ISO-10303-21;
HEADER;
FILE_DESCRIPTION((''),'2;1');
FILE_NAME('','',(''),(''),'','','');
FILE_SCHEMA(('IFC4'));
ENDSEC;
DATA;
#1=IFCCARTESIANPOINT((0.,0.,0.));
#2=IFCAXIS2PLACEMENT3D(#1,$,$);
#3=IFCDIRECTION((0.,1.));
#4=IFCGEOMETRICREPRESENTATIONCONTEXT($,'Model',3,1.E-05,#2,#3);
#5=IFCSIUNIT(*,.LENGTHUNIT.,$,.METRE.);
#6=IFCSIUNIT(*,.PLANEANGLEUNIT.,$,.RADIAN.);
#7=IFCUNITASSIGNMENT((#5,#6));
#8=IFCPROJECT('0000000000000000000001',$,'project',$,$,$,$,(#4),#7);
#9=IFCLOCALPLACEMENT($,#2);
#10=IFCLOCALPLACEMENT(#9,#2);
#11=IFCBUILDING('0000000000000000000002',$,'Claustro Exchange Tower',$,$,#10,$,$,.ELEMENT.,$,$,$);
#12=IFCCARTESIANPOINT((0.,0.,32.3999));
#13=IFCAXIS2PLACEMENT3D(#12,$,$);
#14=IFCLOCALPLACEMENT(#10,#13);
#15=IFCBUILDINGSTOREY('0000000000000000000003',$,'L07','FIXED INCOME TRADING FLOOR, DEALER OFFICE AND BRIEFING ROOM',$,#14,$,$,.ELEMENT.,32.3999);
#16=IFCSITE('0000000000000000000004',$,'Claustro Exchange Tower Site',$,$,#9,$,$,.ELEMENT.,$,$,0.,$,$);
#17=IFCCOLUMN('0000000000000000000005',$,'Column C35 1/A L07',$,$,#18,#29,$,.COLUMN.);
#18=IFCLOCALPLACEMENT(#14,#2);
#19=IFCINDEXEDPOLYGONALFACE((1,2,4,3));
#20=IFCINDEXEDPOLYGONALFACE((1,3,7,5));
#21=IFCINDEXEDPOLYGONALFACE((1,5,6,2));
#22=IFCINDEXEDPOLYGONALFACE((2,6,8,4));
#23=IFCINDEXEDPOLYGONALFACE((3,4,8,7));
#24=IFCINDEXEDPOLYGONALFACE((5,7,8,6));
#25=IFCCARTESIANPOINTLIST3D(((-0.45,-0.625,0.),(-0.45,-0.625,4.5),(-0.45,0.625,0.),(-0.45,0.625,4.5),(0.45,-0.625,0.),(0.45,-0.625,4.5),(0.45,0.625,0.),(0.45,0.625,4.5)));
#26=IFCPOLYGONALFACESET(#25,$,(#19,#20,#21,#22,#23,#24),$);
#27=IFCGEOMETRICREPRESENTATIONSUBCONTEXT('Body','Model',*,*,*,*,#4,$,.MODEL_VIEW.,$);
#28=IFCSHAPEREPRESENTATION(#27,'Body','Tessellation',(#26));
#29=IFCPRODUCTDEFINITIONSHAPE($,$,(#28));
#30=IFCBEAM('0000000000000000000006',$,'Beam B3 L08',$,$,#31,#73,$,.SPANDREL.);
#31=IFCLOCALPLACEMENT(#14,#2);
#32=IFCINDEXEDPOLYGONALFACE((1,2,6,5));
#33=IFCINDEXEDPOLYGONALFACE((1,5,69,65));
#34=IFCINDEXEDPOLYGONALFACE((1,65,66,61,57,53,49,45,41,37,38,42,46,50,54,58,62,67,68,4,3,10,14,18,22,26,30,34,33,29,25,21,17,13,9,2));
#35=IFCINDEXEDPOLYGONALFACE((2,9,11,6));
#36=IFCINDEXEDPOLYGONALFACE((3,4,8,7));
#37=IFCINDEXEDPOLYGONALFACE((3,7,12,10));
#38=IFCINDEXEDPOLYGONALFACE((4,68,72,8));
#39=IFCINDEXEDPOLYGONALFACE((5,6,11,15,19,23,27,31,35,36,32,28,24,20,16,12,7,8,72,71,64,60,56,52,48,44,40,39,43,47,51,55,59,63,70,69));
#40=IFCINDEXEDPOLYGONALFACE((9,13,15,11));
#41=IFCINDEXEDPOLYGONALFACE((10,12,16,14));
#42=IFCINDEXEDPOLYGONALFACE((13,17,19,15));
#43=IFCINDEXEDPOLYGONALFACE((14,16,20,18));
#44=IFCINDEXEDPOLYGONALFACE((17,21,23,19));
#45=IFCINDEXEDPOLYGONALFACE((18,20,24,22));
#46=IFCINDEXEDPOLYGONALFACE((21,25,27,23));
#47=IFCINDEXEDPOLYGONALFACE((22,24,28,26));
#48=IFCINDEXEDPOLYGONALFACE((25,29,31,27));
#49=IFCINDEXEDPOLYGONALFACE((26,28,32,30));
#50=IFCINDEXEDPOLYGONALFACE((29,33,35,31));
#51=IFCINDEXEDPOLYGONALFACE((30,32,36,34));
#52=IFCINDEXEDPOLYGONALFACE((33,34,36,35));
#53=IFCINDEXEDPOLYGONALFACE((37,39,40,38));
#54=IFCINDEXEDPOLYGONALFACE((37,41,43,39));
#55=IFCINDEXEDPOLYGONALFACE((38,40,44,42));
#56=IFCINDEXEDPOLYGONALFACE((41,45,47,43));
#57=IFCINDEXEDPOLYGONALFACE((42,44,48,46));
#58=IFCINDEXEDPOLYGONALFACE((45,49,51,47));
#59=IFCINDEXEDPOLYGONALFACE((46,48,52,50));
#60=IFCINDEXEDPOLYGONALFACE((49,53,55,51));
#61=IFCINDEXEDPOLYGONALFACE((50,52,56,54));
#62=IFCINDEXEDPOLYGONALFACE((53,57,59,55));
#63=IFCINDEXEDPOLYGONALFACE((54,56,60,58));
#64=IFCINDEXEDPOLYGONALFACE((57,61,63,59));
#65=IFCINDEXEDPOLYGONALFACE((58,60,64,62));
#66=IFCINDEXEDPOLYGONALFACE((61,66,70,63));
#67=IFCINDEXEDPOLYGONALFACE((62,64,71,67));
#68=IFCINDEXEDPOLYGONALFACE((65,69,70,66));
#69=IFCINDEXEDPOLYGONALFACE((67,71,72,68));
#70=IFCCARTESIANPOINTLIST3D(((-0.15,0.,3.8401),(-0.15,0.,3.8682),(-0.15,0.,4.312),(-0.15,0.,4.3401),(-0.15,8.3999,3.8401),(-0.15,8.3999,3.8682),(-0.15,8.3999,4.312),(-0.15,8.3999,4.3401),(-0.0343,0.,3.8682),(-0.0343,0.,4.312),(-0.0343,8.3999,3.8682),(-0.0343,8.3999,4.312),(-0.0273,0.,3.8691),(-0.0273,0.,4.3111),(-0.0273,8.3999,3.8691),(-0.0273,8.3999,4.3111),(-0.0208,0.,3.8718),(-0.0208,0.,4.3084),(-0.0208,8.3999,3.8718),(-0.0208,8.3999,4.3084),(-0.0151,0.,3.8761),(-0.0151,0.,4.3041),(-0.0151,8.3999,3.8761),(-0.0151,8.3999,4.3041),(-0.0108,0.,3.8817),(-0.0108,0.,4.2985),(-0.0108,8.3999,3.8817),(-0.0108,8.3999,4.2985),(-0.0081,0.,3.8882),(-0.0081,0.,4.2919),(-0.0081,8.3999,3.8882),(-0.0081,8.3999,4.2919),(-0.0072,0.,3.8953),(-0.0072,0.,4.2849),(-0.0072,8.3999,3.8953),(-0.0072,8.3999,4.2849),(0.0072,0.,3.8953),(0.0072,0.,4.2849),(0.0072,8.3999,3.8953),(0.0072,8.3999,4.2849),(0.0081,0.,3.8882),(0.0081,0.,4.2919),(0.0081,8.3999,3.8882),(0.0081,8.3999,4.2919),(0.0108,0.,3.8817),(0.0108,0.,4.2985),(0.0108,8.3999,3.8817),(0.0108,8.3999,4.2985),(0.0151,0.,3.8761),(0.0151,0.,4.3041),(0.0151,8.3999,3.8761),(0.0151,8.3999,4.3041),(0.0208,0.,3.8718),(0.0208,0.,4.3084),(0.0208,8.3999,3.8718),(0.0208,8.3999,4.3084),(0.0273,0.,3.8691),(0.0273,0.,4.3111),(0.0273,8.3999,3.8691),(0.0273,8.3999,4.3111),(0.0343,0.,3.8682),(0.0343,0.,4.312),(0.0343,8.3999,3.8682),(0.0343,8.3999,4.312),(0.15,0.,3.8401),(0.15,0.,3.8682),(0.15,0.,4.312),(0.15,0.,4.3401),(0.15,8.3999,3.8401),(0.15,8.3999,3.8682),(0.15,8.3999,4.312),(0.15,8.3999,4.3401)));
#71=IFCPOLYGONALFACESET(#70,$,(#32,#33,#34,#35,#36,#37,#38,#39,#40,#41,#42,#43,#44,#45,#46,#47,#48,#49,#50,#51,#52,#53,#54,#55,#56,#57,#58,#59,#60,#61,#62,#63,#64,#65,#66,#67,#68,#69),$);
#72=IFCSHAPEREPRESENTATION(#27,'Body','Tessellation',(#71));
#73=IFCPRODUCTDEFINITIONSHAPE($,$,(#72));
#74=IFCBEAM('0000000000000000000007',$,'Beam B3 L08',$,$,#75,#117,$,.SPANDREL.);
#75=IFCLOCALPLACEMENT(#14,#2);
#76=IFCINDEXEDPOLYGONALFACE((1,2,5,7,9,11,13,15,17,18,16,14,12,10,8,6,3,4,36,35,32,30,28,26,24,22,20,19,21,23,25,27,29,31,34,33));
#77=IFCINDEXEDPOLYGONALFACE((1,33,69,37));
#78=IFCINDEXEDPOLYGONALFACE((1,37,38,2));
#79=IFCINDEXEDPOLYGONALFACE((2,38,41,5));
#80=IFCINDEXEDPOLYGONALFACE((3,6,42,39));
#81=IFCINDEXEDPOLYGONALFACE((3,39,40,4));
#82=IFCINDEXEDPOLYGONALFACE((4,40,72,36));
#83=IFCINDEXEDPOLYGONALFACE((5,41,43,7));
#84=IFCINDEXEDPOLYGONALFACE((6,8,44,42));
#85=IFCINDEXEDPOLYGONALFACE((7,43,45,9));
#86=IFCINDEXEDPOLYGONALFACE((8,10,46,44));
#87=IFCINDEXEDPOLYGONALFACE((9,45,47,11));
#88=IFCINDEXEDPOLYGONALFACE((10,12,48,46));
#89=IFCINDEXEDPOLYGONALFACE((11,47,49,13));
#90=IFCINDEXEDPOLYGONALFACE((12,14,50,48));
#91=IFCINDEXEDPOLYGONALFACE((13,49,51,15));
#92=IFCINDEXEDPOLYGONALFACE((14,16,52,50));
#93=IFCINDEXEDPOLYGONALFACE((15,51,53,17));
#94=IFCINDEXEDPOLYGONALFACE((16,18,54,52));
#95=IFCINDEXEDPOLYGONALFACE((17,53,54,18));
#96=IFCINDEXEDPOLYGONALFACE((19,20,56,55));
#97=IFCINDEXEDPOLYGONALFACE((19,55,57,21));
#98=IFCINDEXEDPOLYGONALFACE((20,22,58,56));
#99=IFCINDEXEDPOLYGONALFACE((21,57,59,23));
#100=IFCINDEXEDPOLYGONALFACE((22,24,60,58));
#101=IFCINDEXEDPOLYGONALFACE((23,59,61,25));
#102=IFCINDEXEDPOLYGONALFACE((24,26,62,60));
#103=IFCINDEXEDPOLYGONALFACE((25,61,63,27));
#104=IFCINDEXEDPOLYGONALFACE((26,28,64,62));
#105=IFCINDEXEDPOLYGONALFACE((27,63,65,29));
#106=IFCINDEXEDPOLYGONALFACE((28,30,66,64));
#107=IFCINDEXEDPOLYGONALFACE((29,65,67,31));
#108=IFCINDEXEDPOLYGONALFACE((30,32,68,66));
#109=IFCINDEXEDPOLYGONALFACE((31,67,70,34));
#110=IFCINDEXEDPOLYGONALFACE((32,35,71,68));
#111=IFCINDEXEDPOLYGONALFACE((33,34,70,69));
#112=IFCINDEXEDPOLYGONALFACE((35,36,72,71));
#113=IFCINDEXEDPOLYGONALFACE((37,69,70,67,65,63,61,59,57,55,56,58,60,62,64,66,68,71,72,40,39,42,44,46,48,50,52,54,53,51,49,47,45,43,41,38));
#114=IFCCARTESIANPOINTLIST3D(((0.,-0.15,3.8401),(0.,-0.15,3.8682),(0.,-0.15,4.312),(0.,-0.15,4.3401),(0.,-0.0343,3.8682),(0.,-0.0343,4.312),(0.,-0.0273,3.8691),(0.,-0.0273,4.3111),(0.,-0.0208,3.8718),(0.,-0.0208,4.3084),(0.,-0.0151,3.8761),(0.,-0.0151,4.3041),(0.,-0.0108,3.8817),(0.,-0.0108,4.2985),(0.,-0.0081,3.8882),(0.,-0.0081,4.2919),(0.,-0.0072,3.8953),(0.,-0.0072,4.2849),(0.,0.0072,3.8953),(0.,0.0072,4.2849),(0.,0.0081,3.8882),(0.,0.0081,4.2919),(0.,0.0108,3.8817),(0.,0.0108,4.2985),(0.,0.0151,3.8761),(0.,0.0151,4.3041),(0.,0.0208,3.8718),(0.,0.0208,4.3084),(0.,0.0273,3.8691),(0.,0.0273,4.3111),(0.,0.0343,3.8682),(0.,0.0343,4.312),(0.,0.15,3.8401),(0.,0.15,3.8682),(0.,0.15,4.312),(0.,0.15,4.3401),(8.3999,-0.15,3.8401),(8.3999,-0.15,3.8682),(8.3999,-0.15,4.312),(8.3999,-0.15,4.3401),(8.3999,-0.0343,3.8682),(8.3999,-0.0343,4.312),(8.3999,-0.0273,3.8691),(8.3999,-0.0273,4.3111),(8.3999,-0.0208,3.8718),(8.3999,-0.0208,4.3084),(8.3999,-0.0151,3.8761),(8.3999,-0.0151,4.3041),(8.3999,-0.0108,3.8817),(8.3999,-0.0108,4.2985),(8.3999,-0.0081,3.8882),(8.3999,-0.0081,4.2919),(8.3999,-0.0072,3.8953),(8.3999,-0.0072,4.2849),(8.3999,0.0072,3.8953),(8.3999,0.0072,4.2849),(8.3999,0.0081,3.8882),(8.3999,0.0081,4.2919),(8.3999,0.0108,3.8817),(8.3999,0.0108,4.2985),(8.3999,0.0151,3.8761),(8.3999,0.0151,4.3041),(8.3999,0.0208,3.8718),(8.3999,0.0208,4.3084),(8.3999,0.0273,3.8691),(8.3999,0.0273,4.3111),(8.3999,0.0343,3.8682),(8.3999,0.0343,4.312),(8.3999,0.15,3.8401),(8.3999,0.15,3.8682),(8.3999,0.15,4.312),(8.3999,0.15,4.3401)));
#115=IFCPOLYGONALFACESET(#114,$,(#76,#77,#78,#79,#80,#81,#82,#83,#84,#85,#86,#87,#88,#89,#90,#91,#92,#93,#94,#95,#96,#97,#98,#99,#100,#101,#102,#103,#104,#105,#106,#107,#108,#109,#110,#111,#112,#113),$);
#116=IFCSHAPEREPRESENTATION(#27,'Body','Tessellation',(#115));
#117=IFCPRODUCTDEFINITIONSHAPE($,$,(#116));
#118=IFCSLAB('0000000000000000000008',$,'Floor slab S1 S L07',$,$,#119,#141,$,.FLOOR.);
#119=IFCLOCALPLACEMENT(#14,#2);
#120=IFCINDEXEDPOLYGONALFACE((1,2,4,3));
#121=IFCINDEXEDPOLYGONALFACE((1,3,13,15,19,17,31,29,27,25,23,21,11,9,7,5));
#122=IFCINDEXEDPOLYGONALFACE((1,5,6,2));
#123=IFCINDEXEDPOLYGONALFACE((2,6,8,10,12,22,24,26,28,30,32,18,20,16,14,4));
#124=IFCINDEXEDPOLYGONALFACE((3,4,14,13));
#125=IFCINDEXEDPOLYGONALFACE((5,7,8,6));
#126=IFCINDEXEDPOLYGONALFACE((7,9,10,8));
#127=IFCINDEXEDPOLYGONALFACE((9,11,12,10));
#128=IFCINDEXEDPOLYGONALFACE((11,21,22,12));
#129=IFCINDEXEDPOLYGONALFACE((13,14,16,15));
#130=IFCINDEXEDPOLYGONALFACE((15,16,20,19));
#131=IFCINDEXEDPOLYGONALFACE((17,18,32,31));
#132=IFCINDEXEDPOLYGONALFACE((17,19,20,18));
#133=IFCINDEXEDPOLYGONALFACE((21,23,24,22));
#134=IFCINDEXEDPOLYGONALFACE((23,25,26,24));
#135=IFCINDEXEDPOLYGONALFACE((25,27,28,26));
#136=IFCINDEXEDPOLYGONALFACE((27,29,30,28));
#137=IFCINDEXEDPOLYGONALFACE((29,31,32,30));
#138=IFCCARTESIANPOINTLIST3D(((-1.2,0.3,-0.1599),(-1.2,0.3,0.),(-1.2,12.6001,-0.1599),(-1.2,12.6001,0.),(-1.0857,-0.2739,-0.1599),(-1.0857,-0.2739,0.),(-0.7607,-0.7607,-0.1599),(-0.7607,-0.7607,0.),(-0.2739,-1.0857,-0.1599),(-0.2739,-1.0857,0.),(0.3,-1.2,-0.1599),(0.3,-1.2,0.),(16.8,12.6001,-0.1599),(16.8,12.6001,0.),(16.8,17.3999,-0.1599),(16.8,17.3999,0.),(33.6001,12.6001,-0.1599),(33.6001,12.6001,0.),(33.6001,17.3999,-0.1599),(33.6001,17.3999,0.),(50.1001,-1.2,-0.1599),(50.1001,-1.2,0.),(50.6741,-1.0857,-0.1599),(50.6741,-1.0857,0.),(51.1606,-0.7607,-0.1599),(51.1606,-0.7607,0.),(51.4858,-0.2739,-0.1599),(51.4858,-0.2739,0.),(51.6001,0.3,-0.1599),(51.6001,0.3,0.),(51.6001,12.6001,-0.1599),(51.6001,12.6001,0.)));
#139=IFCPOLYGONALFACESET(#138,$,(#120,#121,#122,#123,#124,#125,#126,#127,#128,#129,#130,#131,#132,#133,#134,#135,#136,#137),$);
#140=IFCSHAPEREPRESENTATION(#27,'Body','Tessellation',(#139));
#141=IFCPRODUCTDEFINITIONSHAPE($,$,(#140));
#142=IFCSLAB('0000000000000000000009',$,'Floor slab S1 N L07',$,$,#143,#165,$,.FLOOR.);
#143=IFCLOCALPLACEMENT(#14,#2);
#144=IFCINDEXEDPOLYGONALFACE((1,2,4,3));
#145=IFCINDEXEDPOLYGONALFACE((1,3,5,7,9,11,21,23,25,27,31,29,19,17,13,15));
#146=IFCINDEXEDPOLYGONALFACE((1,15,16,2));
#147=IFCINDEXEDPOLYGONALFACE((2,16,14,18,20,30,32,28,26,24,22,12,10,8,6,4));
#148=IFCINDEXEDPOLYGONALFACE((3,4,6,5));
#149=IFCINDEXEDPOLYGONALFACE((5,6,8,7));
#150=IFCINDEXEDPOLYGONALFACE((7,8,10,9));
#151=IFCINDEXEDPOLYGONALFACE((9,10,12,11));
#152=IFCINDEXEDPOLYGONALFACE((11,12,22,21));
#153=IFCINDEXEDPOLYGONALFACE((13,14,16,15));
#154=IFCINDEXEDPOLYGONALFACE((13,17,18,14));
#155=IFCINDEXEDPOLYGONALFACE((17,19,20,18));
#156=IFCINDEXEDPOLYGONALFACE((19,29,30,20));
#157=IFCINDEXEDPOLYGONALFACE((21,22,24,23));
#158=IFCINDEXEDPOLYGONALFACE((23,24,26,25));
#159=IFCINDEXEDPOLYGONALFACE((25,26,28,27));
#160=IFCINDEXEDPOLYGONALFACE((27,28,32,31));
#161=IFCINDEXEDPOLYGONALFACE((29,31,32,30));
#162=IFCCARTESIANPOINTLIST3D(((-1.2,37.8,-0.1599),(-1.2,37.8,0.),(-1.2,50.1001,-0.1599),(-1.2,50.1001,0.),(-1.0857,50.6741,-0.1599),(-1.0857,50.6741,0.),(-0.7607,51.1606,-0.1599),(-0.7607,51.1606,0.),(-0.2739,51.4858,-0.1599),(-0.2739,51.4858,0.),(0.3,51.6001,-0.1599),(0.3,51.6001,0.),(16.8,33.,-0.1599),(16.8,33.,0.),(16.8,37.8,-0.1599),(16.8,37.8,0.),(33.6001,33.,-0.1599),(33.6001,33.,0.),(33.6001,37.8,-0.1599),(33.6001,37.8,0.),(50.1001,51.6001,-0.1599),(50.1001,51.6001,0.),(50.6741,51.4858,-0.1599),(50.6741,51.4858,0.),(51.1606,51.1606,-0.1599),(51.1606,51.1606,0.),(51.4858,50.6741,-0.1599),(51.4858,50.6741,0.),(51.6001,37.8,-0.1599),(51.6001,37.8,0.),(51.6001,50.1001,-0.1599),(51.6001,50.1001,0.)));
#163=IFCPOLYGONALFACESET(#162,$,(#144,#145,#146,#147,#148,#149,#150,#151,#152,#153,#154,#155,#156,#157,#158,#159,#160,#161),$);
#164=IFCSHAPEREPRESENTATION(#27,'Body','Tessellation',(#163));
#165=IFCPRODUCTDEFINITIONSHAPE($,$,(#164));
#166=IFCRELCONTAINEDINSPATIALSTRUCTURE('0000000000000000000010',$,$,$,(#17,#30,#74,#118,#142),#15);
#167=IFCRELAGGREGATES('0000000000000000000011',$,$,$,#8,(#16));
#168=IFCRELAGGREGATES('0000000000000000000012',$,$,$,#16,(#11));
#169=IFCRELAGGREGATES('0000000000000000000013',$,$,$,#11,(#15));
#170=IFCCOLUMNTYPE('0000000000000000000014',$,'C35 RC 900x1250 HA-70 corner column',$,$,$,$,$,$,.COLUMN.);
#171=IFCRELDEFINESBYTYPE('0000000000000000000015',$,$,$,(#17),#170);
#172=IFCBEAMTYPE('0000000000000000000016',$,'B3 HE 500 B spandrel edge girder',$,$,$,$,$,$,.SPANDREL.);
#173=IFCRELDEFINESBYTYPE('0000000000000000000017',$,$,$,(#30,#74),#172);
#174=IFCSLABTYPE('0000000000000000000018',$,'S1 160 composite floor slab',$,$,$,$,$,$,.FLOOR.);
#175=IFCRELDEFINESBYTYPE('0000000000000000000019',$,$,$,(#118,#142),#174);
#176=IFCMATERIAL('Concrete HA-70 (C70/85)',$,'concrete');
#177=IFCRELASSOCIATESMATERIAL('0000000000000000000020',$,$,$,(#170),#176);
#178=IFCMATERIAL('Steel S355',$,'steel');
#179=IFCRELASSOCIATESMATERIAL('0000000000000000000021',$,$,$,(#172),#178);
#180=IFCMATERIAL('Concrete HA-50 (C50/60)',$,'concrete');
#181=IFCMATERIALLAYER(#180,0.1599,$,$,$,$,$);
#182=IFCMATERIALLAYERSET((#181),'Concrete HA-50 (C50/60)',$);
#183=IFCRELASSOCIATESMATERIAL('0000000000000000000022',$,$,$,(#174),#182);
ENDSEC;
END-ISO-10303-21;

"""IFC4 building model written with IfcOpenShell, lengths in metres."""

from ifc_helpers import new_model, si_unit, direction, frame, origin, origin_with_axes, origin_2d, place, context, subcontext, project, spatial, polyline, rectangle, i_section, outline, extrude, material, layer, layer_set, material_profile, profile_set, type_object, element, save


model = new_model("IFC4")

# Units and contexts
model_context = context("Model", 3, precision=1e-05, world=origin(), true_north=direction((0.0, 1.0)))
body_context = subcontext(model_context, "Body", "Model", "MODEL_VIEW")
ifc_project = project(units=[si_unit("LENGTHUNIT", "METRE"), si_unit("PLANEANGLEUNIT", "RADIAN")], contexts=[model_context])

# Site, building, storey
site_placement = place(None, origin())
site = spatial("IfcSite", under=ifc_project, at=site_placement, Name="Claustro Exchange Tower Site", CompositionType="ELEMENT", RefElevation=0.0)
building_placement = place(site_placement, origin())
building = spatial("IfcBuilding", under=site, at=building_placement, Name="Claustro Exchange Tower", CompositionType="ELEMENT")
storey_placement = place(building_placement, frame((0.0, 0.0, 32.3999)))
storey = spatial("IfcBuildingStorey", under=building, at=storey_placement, Name="L07", Description="FIXED INCOME TRADING FLOOR, DEALER OFFICE AND BRIEFING ROOM", CompositionType="ELEMENT", Elevation=32.3999)

# Column
ifc_material_1 = material(Name="Concrete HA-70 (C70/85)", Category="concrete")
ifc_material_profile_1 = material_profile(ifc_material_1, rectangle(XDim=0.8999, YDim=1.25, at=origin_2d()), Name="RC 900x1250")
ifc_profile_set_1 = profile_set([ifc_material_profile_1], Name="Concrete HA-70 (C70/85)")
column_type = type_object("IfcColumnType", Name="C35 RC 900x1250 HA-70 corner column", PredefinedType="COLUMN", material=ifc_profile_set_1)
column_placement = place(storey_placement, origin_with_axes())
element("IfcColumn", 1, at=column_placement, inside=storey, type_object=column_type, Name="Column C35 1/A L07", PredefinedType="COLUMN", context=body_context, shape_type="SweptSolid", body=[
    extrude(rectangle(XDim=0.8999, YDim=1.25, at=origin_2d()), origin(), (0.0, 0.0, 1.0), 4.5),
])

# Beams
ifc_material_2 = material(Name="Steel S355", Category="steel")
ifc_material_profile_2 = material_profile(ifc_material_2, i_section(OverallWidth=0.3, OverallDepth=0.5, WebThickness=0.0144, FlangeThickness=0.0281, FilletRadius=0.0271, at=origin_2d()), Name="HE 500 B")
ifc_profile_set_2 = profile_set([ifc_material_profile_2], Name="Steel S355")
beam_type = type_object("IfcBeamType", Name="B3 HE 500 B spandrel edge girder", PredefinedType="SPANDREL", material=ifc_profile_set_2)
for number, where, z_axis, x_axis, name in (
    (2, (0.0, 0.0, 4.0901), (0.0, 1.0, 0.0), (-1.0, 0.0, 0.0), "Beam B3 L08"),
    (3, (0.0, 0.0, 4.0901), (1.0, 0.0, 0.0), (0.0, 1.0, 0.0), "Beam B3 L08"),
):
    element("IfcBeam", number, at=place(storey_placement, frame(where, z_axis=z_axis, x_axis=x_axis)), inside=storey, type_object=beam_type, Name=name, PredefinedType="SPANDREL", context=body_context, shape_type="SweptSolid", body=[
        extrude(i_section(OverallWidth=0.3, OverallDepth=0.5, WebThickness=0.0144, FlangeThickness=0.0281, FilletRadius=0.0271, at=origin_2d()), origin(), (0.0, 0.0, 1.0), 8.3999),
    ])

# Slabs
ifc_material_3 = material(Name="Concrete HA-50 (C50/60)", Category="concrete")
ifc_layer_1 = layer(ifc_material_3, 0.1599)
ifc_layer_set_1 = layer_set([ifc_layer_1], Name="Concrete HA-50 (C50/60)")
slab_type_1 = type_object("IfcSlabType", Name="S1 160 composite floor slab", PredefinedType="FLOOR", material=ifc_layer_set_1)
slab_1_placement = place(storey_placement, frame((0.0, 0.0, -0.1599)))
element("IfcSlab", 4, at=slab_1_placement, inside=storey, type_object=slab_type_1, Name="Floor slab S1 S L07", PredefinedType="FLOOR", context=body_context, shape_type="SweptSolid", body=[
    extrude(outline(polyline([(-0.2739, -1.0857), (0.3, -1.2), (50.1001, -1.2), (50.6741, -1.0857), (51.1606, -0.7607), (51.4858, -0.2739), (51.6001, 0.3), (51.6001, 12.6001), (33.6001, 12.6001), (33.6001, 17.3999), (16.8, 17.3999), (16.8, 12.6001), (-1.2, 12.6001), (-1.2, 0.3), (-1.0857, -0.2739), (-0.7607, -0.7607), (-0.2739, -1.0857)])), origin(), (0.0, 0.0, 1.0), 0.1599),
])
slab_2_placement = place(storey_placement, frame((0.0, 0.0, -0.1599)))
element("IfcSlab", 5, at=slab_2_placement, inside=storey, type_object=slab_type_1, Name="Floor slab S1 N L07", PredefinedType="FLOOR", context=body_context, shape_type="SweptSolid", body=[
    extrude(outline(polyline([(16.8, 37.8), (16.8, 33.0), (33.6001, 33.0), (33.6001, 37.8), (51.6001, 37.8), (51.6001, 50.1001), (51.4858, 50.6741), (51.1606, 51.1606), (50.6741, 51.4858), (50.1001, 51.6001), (0.3, 51.6001), (-0.2739, 51.4858), (-0.7607, 51.1606), (-1.0857, 50.6741), (-1.2, 50.1001), (-1.2, 37.8), (16.8, 37.8)])), origin(), (0.0, 0.0, 1.0), 0.1599),
])

save(model, "model.ifc")
